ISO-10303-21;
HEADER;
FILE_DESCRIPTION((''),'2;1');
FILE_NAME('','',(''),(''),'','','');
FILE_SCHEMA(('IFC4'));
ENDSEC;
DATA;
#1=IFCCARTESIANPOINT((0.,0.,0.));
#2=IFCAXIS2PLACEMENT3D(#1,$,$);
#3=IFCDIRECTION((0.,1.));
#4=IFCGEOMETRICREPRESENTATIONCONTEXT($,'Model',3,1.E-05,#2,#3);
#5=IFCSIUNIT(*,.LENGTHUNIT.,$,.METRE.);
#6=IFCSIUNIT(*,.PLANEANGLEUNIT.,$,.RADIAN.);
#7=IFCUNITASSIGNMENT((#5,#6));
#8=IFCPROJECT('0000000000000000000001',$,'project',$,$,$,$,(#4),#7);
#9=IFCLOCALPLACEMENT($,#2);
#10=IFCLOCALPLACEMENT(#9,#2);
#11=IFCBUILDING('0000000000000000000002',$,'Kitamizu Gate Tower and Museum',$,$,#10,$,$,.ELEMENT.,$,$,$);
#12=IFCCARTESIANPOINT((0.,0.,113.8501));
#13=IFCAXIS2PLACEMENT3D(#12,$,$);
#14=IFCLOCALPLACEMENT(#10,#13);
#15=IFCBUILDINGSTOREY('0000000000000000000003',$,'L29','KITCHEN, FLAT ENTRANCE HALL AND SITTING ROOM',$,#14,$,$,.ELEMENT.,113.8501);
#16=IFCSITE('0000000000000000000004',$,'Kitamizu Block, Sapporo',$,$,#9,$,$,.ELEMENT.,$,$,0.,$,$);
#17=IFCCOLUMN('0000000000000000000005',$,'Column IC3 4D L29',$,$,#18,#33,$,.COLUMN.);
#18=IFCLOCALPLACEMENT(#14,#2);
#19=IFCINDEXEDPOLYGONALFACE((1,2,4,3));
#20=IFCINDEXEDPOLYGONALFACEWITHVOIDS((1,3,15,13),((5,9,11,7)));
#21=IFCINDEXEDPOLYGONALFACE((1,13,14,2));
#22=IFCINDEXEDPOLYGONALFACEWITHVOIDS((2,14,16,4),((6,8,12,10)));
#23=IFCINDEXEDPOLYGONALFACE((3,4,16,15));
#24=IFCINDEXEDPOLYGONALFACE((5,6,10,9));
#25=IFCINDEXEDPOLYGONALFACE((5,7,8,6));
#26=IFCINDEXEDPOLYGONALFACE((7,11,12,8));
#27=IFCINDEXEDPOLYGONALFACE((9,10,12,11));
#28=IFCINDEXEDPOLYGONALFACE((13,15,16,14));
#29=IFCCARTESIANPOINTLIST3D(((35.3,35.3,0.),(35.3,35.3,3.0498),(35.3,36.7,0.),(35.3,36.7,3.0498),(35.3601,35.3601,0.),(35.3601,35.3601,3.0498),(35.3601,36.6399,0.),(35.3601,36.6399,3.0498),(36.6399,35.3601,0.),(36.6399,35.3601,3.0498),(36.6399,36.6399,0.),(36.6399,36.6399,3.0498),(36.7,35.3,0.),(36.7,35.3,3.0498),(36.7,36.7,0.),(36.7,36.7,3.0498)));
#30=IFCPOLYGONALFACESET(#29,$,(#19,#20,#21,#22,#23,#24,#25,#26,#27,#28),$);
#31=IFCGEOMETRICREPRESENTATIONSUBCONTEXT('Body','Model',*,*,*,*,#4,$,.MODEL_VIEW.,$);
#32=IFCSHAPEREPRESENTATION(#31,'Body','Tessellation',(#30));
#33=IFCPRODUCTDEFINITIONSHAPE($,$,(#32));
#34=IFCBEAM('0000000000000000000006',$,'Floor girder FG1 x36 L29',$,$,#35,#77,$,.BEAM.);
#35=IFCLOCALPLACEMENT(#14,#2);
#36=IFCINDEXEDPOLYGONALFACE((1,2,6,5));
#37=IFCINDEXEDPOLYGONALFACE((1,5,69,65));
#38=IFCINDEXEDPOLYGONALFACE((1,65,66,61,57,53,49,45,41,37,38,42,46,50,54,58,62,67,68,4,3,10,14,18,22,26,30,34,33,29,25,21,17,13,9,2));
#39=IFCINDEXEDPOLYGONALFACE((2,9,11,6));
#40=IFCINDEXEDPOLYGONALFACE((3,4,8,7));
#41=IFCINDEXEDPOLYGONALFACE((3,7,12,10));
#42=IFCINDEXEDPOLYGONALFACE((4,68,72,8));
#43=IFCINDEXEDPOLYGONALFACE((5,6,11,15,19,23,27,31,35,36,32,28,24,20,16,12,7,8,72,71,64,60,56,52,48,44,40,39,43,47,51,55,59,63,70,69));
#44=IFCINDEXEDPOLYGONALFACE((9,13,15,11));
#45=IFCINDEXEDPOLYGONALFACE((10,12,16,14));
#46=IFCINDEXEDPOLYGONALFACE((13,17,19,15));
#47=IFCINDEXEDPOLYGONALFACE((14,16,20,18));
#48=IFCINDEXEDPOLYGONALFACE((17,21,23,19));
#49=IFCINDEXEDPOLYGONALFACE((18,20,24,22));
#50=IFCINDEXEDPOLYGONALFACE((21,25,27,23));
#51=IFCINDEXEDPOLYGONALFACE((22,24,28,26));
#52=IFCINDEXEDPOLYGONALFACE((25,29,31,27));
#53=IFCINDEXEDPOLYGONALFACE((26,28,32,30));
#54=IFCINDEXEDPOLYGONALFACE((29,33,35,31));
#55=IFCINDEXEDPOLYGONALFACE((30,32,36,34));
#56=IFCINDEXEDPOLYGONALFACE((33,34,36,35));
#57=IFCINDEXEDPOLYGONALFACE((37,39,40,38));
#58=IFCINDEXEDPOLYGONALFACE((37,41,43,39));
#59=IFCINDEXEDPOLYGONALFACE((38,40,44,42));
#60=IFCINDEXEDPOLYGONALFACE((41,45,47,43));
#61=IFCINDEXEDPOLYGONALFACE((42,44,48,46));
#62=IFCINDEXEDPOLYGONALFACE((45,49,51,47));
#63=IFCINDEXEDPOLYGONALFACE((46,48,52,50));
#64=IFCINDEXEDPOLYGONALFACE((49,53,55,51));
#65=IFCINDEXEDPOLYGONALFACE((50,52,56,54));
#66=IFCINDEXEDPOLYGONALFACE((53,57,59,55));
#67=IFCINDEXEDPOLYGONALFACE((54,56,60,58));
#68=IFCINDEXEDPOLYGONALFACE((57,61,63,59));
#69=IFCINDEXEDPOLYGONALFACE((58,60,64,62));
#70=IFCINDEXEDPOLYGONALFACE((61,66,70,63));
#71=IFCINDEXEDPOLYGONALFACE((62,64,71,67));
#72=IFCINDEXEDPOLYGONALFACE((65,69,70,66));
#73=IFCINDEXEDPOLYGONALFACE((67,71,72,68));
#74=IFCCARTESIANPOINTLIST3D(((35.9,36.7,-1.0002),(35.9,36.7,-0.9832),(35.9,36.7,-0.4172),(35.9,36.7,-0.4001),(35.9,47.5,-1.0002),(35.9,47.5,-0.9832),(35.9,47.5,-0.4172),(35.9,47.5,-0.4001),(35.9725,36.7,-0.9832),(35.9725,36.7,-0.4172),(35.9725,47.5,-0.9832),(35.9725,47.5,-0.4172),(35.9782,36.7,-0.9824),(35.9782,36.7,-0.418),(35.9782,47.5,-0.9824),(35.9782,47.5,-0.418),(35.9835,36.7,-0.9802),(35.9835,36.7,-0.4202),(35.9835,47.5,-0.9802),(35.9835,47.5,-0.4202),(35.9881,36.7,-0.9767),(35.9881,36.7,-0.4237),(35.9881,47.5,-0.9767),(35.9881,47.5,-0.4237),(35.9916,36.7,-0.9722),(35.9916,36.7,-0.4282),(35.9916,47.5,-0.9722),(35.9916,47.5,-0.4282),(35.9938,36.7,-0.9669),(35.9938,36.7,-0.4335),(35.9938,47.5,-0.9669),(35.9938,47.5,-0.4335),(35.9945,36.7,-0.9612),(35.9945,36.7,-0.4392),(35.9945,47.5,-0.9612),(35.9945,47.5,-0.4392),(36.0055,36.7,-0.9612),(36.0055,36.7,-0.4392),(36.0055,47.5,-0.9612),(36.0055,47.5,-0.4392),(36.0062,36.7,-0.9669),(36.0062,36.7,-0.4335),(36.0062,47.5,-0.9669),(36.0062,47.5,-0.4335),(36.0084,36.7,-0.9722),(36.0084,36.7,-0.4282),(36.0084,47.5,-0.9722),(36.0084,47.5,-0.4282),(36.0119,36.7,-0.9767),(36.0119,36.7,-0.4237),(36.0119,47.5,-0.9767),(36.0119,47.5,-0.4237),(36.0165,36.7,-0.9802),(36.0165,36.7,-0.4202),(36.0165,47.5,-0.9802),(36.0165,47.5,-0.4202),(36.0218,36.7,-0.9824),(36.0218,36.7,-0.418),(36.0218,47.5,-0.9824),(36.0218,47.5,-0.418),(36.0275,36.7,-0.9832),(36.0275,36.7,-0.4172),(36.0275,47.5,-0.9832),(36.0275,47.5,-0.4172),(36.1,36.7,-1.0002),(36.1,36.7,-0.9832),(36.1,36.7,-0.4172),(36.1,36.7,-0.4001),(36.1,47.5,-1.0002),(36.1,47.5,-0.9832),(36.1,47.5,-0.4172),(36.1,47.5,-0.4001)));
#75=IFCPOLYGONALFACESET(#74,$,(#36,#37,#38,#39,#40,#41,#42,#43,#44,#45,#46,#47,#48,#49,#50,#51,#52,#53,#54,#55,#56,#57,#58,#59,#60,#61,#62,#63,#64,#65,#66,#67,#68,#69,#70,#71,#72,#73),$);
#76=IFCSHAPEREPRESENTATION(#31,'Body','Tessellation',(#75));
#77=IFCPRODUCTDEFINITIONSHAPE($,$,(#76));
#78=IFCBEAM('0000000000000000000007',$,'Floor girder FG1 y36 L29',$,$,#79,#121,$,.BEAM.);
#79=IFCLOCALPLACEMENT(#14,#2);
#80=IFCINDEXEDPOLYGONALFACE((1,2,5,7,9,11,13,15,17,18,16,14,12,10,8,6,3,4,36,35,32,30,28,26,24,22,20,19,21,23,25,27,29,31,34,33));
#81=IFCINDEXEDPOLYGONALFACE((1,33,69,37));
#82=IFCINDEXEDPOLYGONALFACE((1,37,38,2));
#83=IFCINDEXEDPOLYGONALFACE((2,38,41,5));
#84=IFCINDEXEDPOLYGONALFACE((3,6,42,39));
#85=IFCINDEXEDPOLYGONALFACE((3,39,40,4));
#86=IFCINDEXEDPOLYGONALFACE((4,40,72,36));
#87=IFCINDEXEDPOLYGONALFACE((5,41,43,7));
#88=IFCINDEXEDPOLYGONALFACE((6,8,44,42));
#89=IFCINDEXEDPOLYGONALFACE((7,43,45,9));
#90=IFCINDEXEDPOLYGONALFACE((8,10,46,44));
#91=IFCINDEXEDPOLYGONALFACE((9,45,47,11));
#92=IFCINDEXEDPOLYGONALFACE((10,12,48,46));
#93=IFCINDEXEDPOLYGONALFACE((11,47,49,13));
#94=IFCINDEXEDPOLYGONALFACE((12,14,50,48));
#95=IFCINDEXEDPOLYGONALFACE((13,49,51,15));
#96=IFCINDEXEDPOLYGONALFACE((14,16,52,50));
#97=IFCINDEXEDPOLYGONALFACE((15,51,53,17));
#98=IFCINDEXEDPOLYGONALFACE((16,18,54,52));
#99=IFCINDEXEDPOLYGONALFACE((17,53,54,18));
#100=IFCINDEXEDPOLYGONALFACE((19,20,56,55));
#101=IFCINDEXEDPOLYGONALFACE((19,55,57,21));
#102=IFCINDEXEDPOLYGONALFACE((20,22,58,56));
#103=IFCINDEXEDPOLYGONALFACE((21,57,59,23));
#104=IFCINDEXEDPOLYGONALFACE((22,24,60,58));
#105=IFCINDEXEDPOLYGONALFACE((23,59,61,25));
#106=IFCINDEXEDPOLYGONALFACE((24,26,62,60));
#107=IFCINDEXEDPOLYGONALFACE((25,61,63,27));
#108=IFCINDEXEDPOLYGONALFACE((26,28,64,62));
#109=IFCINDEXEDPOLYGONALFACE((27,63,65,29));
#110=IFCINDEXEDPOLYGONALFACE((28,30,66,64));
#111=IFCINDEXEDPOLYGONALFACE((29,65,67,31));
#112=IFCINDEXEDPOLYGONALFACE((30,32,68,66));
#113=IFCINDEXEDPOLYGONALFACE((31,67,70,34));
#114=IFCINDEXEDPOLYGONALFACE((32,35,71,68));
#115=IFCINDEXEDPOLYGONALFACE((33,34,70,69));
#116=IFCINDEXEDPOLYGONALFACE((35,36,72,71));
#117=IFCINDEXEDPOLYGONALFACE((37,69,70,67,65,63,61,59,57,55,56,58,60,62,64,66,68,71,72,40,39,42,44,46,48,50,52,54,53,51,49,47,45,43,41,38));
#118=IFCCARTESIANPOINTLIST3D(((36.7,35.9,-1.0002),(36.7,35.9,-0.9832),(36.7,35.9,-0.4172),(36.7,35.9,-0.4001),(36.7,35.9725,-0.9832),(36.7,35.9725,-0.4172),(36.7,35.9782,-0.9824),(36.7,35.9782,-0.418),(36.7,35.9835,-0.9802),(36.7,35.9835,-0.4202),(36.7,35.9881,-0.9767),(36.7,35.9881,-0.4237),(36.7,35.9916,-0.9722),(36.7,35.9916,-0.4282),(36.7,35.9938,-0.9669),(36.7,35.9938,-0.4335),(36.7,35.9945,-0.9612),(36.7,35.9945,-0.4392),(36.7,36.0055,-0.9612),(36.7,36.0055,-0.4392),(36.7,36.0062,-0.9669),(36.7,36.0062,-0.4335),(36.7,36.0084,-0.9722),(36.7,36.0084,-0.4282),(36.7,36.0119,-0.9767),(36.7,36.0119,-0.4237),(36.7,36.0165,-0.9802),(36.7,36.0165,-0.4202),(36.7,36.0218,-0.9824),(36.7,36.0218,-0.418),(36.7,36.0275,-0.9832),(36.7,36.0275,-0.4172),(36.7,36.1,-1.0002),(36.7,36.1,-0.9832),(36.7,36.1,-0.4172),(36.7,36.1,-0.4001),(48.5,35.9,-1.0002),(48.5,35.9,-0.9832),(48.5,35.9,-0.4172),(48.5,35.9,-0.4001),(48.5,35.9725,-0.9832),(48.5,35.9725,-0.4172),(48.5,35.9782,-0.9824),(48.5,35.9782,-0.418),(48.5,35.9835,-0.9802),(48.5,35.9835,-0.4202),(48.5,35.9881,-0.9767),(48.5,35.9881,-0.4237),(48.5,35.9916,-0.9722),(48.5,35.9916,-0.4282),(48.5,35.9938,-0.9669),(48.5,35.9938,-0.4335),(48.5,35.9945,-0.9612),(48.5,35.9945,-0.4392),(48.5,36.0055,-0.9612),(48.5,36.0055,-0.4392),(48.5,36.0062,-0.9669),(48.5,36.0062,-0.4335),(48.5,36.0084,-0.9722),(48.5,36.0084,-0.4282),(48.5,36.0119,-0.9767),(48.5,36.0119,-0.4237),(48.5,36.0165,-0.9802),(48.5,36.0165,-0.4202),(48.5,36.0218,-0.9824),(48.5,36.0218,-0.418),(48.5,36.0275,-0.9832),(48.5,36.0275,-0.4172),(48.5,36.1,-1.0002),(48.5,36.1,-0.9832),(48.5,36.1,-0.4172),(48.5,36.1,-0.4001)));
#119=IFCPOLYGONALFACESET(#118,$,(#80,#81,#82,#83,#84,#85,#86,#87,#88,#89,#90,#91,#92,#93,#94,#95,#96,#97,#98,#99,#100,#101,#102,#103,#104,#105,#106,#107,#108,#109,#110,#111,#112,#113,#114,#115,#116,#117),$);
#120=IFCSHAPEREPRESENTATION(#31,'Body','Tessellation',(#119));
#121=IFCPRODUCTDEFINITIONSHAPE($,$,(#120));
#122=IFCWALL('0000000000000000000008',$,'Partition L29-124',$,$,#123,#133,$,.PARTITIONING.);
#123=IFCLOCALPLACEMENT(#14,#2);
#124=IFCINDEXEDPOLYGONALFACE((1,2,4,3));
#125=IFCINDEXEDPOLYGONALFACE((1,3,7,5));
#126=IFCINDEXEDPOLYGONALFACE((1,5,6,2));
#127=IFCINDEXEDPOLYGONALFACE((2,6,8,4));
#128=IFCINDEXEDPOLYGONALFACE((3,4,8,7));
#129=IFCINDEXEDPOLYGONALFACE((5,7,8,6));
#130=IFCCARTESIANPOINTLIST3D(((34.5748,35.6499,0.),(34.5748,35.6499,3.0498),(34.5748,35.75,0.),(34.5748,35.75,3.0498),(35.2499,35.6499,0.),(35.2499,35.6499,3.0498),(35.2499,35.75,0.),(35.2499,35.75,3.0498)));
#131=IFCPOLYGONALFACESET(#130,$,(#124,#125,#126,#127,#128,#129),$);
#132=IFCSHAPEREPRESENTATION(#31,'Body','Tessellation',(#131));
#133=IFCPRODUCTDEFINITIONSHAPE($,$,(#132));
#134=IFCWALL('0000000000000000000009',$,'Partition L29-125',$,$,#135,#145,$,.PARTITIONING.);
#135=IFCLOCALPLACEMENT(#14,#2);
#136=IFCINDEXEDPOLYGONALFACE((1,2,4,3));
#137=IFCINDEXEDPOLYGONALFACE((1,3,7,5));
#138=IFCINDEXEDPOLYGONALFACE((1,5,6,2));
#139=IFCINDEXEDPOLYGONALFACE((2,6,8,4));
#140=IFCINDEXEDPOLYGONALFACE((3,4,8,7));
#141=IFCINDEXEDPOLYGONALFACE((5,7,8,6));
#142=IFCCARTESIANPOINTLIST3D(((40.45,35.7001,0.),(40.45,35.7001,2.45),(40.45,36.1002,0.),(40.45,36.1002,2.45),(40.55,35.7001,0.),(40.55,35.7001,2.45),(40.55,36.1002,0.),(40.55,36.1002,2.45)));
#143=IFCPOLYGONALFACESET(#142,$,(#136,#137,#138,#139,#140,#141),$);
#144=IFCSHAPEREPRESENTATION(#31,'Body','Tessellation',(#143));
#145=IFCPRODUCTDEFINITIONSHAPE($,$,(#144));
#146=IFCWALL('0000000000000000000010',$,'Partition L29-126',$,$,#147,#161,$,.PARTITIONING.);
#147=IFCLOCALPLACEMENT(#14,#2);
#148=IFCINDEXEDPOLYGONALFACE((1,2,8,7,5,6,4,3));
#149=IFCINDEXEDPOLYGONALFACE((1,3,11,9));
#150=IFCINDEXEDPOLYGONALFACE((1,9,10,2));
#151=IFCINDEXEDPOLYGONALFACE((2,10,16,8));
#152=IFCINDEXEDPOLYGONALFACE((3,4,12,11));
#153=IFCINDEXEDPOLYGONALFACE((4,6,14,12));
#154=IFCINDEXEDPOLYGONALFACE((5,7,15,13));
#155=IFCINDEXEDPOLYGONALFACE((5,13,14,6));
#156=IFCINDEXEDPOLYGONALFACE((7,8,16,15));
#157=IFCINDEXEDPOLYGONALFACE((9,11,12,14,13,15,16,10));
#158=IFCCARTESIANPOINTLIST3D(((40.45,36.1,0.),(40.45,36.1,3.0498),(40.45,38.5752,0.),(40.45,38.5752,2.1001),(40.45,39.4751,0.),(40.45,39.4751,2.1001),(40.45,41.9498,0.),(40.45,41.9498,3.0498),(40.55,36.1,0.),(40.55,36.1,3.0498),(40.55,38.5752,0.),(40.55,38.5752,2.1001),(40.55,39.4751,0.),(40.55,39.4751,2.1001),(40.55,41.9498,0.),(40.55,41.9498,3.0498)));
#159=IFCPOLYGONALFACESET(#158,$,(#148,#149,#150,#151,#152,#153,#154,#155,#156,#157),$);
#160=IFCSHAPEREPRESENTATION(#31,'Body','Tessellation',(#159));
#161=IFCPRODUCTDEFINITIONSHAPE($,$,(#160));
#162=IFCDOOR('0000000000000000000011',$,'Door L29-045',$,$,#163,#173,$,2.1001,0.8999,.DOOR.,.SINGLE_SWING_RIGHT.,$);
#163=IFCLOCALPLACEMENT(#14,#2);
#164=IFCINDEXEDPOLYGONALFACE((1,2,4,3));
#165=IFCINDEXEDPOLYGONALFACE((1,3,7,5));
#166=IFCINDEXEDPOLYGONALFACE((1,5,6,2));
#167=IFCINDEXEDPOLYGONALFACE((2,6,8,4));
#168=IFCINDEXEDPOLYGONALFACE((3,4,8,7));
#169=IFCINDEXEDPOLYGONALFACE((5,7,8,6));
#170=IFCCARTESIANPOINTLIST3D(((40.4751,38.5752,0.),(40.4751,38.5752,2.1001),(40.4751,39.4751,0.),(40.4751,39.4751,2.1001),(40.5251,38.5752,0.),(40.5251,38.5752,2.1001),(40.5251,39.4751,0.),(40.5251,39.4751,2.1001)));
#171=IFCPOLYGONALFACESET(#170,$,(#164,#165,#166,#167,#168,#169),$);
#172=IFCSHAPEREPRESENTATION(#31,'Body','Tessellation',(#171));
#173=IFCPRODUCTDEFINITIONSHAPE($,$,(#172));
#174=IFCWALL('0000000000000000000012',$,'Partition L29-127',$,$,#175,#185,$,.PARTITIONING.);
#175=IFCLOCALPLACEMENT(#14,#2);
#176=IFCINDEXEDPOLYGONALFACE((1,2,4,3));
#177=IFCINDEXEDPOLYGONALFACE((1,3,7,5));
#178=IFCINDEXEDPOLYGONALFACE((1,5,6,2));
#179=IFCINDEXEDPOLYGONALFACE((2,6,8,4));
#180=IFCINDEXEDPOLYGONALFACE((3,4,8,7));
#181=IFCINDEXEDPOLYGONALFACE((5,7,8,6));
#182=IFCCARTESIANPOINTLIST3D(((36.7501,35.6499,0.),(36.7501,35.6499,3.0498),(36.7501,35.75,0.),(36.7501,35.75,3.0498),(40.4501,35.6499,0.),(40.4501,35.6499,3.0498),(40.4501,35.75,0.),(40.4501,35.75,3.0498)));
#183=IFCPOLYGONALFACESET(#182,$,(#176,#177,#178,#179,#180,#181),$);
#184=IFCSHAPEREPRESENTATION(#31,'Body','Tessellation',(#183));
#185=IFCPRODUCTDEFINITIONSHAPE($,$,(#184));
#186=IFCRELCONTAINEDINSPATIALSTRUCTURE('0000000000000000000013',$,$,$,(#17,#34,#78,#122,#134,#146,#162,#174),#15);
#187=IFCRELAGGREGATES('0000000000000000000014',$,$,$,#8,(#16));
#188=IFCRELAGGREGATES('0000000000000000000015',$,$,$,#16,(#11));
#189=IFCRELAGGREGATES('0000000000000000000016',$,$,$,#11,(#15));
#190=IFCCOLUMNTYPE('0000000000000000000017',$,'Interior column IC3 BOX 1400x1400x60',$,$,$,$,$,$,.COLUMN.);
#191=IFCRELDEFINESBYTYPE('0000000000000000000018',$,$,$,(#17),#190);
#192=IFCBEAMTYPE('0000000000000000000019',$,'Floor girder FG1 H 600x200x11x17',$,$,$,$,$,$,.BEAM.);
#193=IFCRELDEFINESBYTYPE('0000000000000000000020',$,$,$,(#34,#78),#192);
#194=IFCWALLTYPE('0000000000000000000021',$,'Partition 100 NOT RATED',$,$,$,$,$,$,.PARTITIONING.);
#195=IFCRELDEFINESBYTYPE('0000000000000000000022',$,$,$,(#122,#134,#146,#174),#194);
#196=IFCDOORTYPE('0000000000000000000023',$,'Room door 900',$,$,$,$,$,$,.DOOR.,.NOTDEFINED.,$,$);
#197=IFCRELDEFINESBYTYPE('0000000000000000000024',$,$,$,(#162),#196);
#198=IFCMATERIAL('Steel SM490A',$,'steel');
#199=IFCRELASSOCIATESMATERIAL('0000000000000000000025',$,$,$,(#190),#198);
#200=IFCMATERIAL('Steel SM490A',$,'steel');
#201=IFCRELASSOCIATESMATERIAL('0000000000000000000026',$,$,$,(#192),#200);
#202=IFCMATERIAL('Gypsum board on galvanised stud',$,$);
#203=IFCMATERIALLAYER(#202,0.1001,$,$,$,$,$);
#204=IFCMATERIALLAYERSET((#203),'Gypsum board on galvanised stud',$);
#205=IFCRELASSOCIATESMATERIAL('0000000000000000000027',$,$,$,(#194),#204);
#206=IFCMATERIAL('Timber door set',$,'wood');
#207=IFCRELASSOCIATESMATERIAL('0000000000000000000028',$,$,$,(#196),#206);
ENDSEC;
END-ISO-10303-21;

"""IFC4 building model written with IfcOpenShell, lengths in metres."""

from ifc_helpers import new_model, si_unit, direction, frame, frame_2d, origin, origin_2d, place, context, subcontext, project, spatial, rectangle, hollow_rectangle, i_section, extrude, material, layer, layer_set, material_profile, profile_set, type_object, element, fill, save


model = new_model("IFC4")

# Units and contexts
model_context = context("Model", 3, precision=1e-05, world=origin(), true_north=direction((0.0, 1.0)))
body_context = subcontext(model_context, "Body", "Model", "MODEL_VIEW")
ifc_project = project(units=[si_unit("LENGTHUNIT", "METRE"), si_unit("PLANEANGLEUNIT", "RADIAN")], contexts=[model_context])

# Site, building, storey
site_placement = place(None, origin())
site = spatial("IfcSite", under=ifc_project, at=site_placement, Name="Kitamizu Block, Sapporo", CompositionType="ELEMENT", RefElevation=0.0)
building_placement = place(site_placement, origin())
building = spatial("IfcBuilding", under=site, at=building_placement, Name="Kitamizu Gate Tower and Museum", CompositionType="ELEMENT")
storey_placement = place(building_placement, frame((0.0, 0.0, 113.8501)))
storey = spatial("IfcBuildingStorey", under=building, at=storey_placement, Name="L29", Description="KITCHEN, FLAT ENTRANCE HALL AND SITTING ROOM", CompositionType="ELEMENT", Elevation=113.8501)

# Column
ifc_material_1 = material(Name="Steel SM490A", Category="steel")
ifc_material_profile_1 = material_profile(ifc_material_1, hollow_rectangle(XDim=1.3999, YDim=1.3999, WallThickness=0.0601, at=origin_2d()), Name="BOX 1400x1400x60")
ifc_profile_set_1 = profile_set([ifc_material_profile_1], Name="Steel SM490A")
column_type = type_object("IfcColumnType", Name="Interior column IC3 BOX 1400x1400x60", PredefinedType="COLUMN", material=ifc_profile_set_1)
column_placement = place(storey_placement, frame((36.0, 36.0, 0.0), z_axis=(0.0, 0.0, 1.0), x_axis=(1.0, 0.0, 0.0)))
element("IfcColumn", 1, at=column_placement, inside=storey, type_object=column_type, Name="Column IC3 4D L29", PredefinedType="COLUMN", context=body_context, shape_type="SweptSolid", body=[
    extrude(hollow_rectangle(XDim=1.3999, YDim=1.3999, WallThickness=0.0601, at=origin_2d()), origin(), (0.0, 0.0, 1.0), 3.0498),
])

# Beams
ifc_material_2 = material(Name="Steel SM490A", Category="steel")
ifc_material_profile_2 = material_profile(ifc_material_2, i_section(OverallWidth=0.2, OverallDepth=0.6001, WebThickness=0.011, FlangeThickness=0.0171, FilletRadius=0.022, at=origin_2d()), Name="H-600x200x11x17")
ifc_profile_set_2 = profile_set([ifc_material_profile_2], Name="Steel SM490A")
beam_type = type_object("IfcBeamType", Name="Floor girder FG1 H 600x200x11x17", PredefinedType="BEAM", material=ifc_profile_set_2)
beam_1_placement = place(storey_placement, frame((36.0, 36.7, -0.7002), z_axis=(0.0, 1.0, 0.0), x_axis=(-1.0, 0.0, 0.0)))
element("IfcBeam", 2, at=beam_1_placement, inside=storey, type_object=beam_type, Name="Floor girder FG1 x36 L29", PredefinedType="BEAM", context=body_context, shape_type="SweptSolid", body=[
    extrude(i_section(OverallWidth=0.2, OverallDepth=0.6001, WebThickness=0.011, FlangeThickness=0.0171, FilletRadius=0.022, at=origin_2d()), origin(), (0.0, 0.0, 1.0), 10.8),
])
beam_2_placement = place(storey_placement, frame((36.7, 36.0, -0.7002), z_axis=(1.0, 0.0, 0.0), x_axis=(0.0, 1.0, 0.0)))
element("IfcBeam", 3, at=beam_2_placement, inside=storey, type_object=beam_type, Name="Floor girder FG1 y36 L29", PredefinedType="BEAM", context=body_context, shape_type="SweptSolid", body=[
    extrude(i_section(OverallWidth=0.2, OverallDepth=0.6001, WebThickness=0.011, FlangeThickness=0.0171, FilletRadius=0.022, at=origin_2d()), origin(), (0.0, 0.0, 1.0), 11.8),
])

# Walls
ifc_material_3 = material(Name="Gypsum board on galvanised stud")
ifc_layer_1 = layer(ifc_material_3, 0.1001)
ifc_layer_set_1 = layer_set([ifc_layer_1], Name="Gypsum board on galvanised stud")
wall_type_1 = type_object("IfcWallType", Name="Partition 100 NOT RATED", PredefinedType="PARTITIONING", material=ifc_layer_set_1)
wall_1_placement = place(storey_placement, frame((34.575, 35.7, 0.0), z_axis=(0.0, 0.0, 1.0), x_axis=(1.0, 0.0, 0.0)))
element("IfcWall", 4, at=wall_1_placement, inside=storey, type_object=wall_type_1, Name="Partition L29-124", PredefinedType="PARTITIONING", context=body_context, shape_type="SweptSolid", body=[
    extrude(rectangle(XDim=0.675, YDim=0.1001, at=frame_2d((0.3374, 0.0))), origin(), (0.0, 0.0, 1.0), 3.0498),
])
wall_2_placement = place(storey_placement, frame((40.5, 35.7, 0.0), z_axis=(0.0, 0.0, 1.0), x_axis=(0.0, 1.0, 0.0)))
element("IfcWall", 5, at=wall_2_placement, inside=storey, type_object=wall_type_1, Name="Partition L29-125", PredefinedType="PARTITIONING", context=body_context, shape_type="SweptSolid", body=[
    extrude(rectangle(XDim=0.4001, YDim=0.1001, at=frame_2d((0.2002, 0.0))), origin(), (0.0, 0.0, 1.0), 2.45),
])

# Wall, opening, door
wall_3_placement = place(storey_placement, frame((40.5, 36.1001, 0.0), z_axis=(0.0, 0.0, 1.0), x_axis=(0.0, 1.0, 0.0)))
wall_3 = element("IfcWall", 6, at=wall_3_placement, inside=storey, type_object=wall_type_1, Name="Partition L29-126", PredefinedType="PARTITIONING", context=body_context, shape_type="SweptSolid", body=[
    extrude(rectangle(XDim=5.8499, YDim=0.1001, at=frame_2d((2.9248, 0.0))), origin(), (0.0, 0.0, 1.0), 3.0498),
])
opening_1_placement = place(wall_3_placement, frame((2.4751, 0.0, 0.0)))
opening_1 = element("IfcOpeningElement", 7, at=opening_1_placement, cuts=wall_3, PredefinedType="OPENING", context=body_context, shape_type="SweptSolid", body=[
    extrude(rectangle(XDim=0.8999, YDim=2.1001, at=frame_2d((0.45, 1.05))), frame((0.0, 0.0601, 0.0), z_axis=(0.0, -1.0, 0.0), x_axis=(1.0, 0.0, 0.0)), (0.0, 0.0, 1.0), 0.1201),
])
ifc_material_4 = material(Name="Timber door set", Category="wood")
door_type = type_object("IfcDoorType", Name="Room door 900", OperationType="NOTDEFINED", PredefinedType="DOOR", material=ifc_material_4)
door_1_placement = place(opening_1_placement, origin())
door_1 = element("IfcDoor", 8, at=door_1_placement, inside=storey, type_object=door_type, Name="Door L29-045", OperationType="SINGLE_SWING_RIGHT", OverallHeight=2.1001, OverallWidth=0.8999, PredefinedType="DOOR", context=body_context, shape_type="SweptSolid", body=[
    extrude(rectangle(XDim=0.8999, YDim=2.1001, at=frame_2d((0.45, 1.05))), frame((0.0, 0.0249, 0.0), z_axis=(0.0, -1.0, 0.0), x_axis=(1.0, 0.0, 0.0)), (0.0, 0.0, 1.0), 0.05),
])
fill(opening_1, door_1)

# Wall
wall_4_placement = place(storey_placement, frame((36.75, 35.7, 0.0), z_axis=(0.0, 0.0, 1.0), x_axis=(1.0, 0.0, 0.0)))
element("IfcWall", 9, at=wall_4_placement, inside=storey, type_object=wall_type_1, Name="Partition L29-127", PredefinedType="PARTITIONING", context=body_context, shape_type="SweptSolid", body=[
    extrude(rectangle(XDim=3.7, YDim=0.1001, at=frame_2d((1.8501, 0.0))), origin(), (0.0, 0.0, 1.0), 3.0498),
])

save(model, "model.ifc")
